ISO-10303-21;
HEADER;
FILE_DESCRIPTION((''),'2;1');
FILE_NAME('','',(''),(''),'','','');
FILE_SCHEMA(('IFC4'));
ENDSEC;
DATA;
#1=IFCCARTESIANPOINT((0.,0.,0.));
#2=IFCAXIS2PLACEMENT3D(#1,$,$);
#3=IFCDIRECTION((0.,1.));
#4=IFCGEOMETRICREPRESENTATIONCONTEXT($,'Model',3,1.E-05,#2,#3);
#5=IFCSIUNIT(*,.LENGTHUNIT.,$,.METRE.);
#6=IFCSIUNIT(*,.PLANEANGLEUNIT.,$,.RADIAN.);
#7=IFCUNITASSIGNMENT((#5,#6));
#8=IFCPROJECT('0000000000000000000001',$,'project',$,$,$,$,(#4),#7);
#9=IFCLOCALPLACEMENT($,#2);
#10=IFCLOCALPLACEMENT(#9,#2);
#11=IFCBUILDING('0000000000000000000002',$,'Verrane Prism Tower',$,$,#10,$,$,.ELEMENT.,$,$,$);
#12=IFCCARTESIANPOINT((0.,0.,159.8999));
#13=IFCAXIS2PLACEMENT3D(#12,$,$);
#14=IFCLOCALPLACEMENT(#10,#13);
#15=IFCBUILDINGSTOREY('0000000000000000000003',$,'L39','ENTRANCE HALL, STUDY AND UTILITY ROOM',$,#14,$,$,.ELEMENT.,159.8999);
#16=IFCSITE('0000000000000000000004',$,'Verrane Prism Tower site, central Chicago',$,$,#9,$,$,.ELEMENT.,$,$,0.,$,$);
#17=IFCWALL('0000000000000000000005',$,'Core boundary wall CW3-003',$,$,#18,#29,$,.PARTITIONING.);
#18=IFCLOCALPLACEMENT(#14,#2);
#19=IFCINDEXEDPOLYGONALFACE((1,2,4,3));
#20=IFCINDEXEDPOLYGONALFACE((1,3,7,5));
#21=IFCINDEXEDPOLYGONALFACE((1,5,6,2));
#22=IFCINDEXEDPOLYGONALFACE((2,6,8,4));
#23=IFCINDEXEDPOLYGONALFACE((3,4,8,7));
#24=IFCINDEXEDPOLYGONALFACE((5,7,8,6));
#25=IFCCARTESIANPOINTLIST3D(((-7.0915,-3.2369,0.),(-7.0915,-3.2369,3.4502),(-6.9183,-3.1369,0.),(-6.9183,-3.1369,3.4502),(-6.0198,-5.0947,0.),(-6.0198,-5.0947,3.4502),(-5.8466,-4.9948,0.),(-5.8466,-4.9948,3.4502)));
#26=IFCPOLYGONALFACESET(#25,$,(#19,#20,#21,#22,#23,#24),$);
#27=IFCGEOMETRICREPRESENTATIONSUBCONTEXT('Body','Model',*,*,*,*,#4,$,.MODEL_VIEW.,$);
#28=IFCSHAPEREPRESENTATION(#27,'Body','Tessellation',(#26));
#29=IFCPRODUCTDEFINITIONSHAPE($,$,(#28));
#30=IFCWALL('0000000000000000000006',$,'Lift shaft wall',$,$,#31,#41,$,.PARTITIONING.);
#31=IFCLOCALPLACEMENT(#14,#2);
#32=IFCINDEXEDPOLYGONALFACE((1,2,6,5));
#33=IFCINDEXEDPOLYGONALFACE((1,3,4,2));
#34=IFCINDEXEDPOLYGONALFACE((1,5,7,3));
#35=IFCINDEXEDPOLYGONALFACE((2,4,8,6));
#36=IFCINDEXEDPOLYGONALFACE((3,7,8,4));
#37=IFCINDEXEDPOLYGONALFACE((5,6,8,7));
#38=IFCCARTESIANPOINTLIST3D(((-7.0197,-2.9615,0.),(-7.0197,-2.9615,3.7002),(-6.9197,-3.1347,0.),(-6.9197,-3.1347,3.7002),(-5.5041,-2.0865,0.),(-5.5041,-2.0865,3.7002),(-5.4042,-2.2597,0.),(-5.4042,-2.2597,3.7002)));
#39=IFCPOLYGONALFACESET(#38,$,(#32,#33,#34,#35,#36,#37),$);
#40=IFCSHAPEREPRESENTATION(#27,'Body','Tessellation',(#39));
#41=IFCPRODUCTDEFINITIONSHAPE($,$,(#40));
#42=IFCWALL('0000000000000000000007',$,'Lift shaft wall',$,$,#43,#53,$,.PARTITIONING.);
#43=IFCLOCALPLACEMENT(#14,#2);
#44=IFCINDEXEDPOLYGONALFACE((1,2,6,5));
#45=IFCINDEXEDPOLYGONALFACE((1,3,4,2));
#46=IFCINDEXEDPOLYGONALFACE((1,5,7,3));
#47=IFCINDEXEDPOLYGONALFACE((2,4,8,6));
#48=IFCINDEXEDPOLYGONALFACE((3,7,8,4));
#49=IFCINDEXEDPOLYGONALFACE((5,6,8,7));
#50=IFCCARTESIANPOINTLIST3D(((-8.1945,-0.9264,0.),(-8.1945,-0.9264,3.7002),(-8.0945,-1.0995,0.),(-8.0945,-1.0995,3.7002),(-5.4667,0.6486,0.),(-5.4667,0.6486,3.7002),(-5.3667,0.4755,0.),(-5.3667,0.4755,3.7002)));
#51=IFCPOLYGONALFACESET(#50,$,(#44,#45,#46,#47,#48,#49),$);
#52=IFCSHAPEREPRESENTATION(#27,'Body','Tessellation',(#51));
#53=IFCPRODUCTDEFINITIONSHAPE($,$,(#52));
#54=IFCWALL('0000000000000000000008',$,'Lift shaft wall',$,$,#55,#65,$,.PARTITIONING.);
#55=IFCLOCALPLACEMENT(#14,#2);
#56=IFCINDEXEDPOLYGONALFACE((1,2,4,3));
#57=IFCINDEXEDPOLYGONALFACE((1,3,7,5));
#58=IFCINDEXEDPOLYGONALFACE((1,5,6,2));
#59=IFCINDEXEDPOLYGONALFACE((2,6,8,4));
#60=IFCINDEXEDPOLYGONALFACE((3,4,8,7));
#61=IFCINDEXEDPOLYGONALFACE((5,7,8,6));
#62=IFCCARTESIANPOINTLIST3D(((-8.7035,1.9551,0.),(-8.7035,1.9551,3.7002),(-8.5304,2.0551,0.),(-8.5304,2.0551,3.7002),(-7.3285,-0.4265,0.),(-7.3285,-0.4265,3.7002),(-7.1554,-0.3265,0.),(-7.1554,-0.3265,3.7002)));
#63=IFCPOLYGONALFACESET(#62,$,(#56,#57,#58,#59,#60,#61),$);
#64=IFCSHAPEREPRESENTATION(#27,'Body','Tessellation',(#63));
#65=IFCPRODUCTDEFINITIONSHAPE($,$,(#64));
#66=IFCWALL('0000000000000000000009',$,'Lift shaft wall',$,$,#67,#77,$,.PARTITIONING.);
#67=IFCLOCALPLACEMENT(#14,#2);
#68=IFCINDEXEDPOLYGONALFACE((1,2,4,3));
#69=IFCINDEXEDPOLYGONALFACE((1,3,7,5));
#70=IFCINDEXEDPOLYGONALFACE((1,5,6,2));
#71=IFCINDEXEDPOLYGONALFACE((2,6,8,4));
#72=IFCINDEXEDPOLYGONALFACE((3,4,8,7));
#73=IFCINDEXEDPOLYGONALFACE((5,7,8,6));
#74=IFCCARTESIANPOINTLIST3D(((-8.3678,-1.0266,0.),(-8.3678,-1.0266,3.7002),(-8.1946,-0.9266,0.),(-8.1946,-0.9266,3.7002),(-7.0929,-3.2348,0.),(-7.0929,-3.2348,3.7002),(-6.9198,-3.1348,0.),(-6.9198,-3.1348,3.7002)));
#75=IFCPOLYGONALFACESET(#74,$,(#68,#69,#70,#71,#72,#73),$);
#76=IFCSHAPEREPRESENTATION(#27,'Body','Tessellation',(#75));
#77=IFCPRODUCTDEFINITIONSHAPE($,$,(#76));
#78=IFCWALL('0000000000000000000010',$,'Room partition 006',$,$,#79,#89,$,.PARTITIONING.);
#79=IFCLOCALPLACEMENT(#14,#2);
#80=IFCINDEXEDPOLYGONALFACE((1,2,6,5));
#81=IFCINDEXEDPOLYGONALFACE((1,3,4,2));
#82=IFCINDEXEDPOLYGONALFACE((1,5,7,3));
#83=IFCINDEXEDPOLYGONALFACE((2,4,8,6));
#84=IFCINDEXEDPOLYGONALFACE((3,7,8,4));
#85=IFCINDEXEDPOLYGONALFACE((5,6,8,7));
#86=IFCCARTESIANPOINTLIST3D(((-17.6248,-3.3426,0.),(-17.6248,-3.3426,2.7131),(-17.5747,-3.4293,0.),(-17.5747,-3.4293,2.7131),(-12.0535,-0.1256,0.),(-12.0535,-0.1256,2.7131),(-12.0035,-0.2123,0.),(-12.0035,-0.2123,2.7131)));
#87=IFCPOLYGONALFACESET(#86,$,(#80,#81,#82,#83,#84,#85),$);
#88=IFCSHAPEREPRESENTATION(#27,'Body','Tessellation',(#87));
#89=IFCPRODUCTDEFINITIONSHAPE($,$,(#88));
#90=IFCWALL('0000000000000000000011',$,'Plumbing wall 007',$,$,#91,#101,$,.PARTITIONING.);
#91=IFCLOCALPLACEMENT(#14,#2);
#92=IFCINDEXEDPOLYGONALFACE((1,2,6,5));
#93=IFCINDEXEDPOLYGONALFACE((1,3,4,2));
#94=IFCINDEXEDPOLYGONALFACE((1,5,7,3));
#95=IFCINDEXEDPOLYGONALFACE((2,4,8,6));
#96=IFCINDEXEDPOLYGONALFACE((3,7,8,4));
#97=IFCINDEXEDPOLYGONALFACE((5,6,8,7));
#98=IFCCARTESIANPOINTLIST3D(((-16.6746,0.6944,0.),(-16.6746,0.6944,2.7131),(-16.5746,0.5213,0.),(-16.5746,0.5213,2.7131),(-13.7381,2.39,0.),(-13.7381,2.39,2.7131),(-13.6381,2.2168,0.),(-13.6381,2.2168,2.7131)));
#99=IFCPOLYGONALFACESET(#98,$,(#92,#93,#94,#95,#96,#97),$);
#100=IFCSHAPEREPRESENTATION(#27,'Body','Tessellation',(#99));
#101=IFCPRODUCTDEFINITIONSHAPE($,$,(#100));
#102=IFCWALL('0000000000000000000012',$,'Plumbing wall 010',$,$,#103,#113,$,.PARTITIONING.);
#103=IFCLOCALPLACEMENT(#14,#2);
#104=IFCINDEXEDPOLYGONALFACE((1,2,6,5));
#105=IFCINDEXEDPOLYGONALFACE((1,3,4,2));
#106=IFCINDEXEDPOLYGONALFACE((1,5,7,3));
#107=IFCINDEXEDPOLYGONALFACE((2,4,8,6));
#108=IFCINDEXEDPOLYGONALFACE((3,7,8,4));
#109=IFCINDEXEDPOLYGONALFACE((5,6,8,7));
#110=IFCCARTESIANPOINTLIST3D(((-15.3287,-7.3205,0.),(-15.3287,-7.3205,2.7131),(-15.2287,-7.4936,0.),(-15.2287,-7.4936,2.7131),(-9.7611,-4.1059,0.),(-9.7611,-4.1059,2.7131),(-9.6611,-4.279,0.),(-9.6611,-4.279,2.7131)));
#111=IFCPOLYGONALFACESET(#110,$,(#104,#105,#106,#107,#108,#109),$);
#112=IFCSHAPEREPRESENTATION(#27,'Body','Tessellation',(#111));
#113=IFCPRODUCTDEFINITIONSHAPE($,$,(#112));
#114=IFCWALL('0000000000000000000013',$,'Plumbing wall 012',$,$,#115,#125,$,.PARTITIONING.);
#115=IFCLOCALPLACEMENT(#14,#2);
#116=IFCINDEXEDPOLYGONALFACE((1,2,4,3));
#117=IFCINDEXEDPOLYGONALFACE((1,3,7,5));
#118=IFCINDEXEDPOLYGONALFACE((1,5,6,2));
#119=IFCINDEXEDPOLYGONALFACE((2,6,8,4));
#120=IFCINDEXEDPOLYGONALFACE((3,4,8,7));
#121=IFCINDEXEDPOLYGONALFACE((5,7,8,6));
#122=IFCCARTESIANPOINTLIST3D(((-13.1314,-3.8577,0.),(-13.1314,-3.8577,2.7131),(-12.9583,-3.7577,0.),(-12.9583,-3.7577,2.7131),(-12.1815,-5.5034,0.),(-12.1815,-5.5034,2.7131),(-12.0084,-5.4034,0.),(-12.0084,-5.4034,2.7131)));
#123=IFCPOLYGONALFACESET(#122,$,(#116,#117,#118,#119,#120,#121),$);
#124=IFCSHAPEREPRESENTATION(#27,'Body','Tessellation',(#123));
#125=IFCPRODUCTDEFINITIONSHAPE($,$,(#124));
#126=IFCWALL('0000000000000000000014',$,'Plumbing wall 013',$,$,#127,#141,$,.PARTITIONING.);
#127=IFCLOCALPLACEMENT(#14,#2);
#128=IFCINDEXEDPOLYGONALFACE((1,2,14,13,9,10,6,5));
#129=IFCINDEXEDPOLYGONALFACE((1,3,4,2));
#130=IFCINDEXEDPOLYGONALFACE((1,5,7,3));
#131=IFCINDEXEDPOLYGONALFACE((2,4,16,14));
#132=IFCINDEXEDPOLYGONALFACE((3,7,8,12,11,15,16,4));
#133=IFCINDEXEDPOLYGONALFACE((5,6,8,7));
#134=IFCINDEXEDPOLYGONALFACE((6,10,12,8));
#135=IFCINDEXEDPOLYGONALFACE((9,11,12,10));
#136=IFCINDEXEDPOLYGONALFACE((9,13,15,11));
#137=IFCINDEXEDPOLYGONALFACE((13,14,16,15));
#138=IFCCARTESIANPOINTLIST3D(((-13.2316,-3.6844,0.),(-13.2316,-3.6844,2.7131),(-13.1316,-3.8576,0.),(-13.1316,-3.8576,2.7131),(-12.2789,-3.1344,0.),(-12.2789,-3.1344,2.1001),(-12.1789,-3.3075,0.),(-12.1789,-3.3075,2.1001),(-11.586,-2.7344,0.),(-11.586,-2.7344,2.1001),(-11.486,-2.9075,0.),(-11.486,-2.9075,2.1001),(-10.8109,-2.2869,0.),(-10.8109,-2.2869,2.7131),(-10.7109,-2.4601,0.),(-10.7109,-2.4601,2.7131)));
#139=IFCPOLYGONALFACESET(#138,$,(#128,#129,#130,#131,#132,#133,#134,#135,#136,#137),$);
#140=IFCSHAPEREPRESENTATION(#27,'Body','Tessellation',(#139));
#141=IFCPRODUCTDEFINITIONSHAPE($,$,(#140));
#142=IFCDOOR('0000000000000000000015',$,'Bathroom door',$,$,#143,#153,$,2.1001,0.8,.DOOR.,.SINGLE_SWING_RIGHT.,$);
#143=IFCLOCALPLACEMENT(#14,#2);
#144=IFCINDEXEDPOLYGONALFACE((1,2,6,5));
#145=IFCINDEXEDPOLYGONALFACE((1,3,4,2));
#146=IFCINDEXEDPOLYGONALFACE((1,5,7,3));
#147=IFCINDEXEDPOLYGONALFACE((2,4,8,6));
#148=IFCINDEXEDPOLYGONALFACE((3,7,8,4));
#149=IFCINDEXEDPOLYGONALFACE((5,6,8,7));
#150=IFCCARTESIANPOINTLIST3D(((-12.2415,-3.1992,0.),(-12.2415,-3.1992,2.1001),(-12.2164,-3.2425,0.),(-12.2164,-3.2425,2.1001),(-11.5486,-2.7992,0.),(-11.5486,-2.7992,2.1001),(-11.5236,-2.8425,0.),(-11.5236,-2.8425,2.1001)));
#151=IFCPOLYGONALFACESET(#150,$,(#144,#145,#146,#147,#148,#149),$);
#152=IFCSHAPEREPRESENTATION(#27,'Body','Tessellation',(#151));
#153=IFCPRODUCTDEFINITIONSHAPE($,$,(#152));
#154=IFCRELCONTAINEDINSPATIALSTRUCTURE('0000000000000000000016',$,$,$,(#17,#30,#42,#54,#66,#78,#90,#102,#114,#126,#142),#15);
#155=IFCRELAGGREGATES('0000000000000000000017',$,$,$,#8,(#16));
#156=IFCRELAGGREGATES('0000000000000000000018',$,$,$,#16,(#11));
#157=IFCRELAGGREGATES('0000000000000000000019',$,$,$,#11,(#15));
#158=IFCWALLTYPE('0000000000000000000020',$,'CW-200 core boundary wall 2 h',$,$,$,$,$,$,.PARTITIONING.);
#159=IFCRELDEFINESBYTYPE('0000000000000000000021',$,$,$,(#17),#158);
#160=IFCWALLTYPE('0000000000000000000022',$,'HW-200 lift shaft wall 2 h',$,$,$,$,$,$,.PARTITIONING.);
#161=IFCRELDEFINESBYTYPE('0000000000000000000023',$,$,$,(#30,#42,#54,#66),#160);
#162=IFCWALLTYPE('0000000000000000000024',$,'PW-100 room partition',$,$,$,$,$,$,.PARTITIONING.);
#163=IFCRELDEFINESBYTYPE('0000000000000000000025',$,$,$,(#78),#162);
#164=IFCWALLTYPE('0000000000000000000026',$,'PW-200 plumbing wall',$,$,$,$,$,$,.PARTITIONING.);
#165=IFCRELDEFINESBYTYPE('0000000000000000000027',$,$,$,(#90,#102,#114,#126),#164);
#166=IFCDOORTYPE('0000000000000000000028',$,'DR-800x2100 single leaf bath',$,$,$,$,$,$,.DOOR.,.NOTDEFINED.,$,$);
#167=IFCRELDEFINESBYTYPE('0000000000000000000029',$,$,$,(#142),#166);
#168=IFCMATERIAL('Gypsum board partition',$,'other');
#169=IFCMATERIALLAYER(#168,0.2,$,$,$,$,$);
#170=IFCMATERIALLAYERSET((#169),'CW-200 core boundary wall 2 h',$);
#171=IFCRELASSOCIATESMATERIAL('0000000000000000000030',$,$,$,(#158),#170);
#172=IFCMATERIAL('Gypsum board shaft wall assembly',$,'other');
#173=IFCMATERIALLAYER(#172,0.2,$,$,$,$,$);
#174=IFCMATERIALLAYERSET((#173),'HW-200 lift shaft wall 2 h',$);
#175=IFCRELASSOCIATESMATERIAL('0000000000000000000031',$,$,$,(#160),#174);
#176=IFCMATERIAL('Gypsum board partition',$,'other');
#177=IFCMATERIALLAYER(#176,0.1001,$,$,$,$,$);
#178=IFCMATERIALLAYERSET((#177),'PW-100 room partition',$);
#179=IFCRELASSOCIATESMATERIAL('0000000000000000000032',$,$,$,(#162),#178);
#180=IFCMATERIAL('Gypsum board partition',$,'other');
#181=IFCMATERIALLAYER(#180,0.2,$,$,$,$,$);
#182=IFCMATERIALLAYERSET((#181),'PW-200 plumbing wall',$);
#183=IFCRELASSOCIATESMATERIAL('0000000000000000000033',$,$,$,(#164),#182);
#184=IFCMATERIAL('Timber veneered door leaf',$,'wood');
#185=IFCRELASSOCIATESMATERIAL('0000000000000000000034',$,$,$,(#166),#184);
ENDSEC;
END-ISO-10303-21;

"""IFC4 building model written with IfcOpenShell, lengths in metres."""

from ifc_helpers import new_model, si_unit, direction, frame, frame_2d, origin, place, context, subcontext, project, spatial, rectangle, extrude, material, layer, layer_set, type_object, element, fill, save


model = new_model("IFC4")

# Units and contexts
model_context = context("Model", 3, precision=1e-05, world=origin(), true_north=direction((0.0, 1.0)))
body_context = subcontext(model_context, "Body", "Model", "MODEL_VIEW")
ifc_project = project(units=[si_unit("LENGTHUNIT", "METRE"), si_unit("PLANEANGLEUNIT", "RADIAN")], contexts=[model_context])

# Site, building, storey
site_placement = place(None, origin())
site = spatial("IfcSite", under=ifc_project, at=site_placement, Name="Verrane Prism Tower site, central Chicago", CompositionType="ELEMENT", RefElevation=0.0)
building_placement = place(site_placement, origin())
building = spatial("IfcBuilding", under=site, at=building_placement, Name="Verrane Prism Tower", CompositionType="ELEMENT")
storey_placement = place(building_placement, frame((0.0, 0.0, 159.8999)))
storey = spatial("IfcBuildingStorey", under=building, at=storey_placement, Name="L39", Description="ENTRANCE HALL, STUDY AND UTILITY ROOM", CompositionType="ELEMENT", Elevation=159.8999)

# Walls
ifc_material_1 = material(Name="Gypsum board partition", Category="other")
ifc_layer_1 = layer(ifc_material_1, 0.2)
ifc_layer_set_1 = layer_set([ifc_layer_1], Name="CW-200 core boundary wall 2 h")
wall_type_1 = type_object("IfcWallType", Name="CW-200 core boundary wall 2 h", PredefinedType="PARTITIONING", material=ifc_layer_set_1)
wall_1_placement = place(storey_placement, frame((-7.0049, -3.187, 0.0), z_axis=(0.0, 0.0, 1.0), x_axis=(0.49969, -0.866205, 0.0)))
element("IfcWall", 1, at=wall_1_placement, inside=storey, type_object=wall_type_1, Name="Core boundary wall CW3-003", PredefinedType="PARTITIONING", context=body_context, shape_type="SweptSolid", body=[
    extrude(rectangle(XDim=2.1448, YDim=0.2, at=frame_2d((1.0723, 0.0))), origin(), (0.0, 0.0, 1.0), 3.4502),
])
ifc_material_2 = material(Name="Gypsum board shaft wall assembly", Category="other")
ifc_layer_2 = layer(ifc_material_2, 0.2)
ifc_layer_set_2 = layer_set([ifc_layer_2], Name="HW-200 lift shaft wall 2 h")
wall_type_2 = type_object("IfcWallType", Name="HW-200 lift shaft wall 2 h", PredefinedType="PARTITIONING", material=ifc_layer_set_2)
wall_2_placement = place(storey_placement, frame((-6.9697, -3.0481, 0.0), z_axis=(0.0, 0.0, 1.0), x_axis=(0.866037, 0.49998, 0.0)))
element("IfcWall", 2, at=wall_2_placement, inside=storey, type_object=wall_type_2, Name="Lift shaft wall", PredefinedType="PARTITIONING", context=body_context, shape_type="SweptSolid", body=[
    extrude(rectangle(XDim=1.75, YDim=0.2, at=frame_2d((0.875, 0.0))), origin(), (0.0, 0.0, 1.0), 3.7002),
])
wall_3_placement = place(storey_placement, frame((-8.1445, -1.0129, 0.0), z_axis=(0.0, 0.0, 1.0), x_axis=(0.866016, 0.500015, 0.0)))
element("IfcWall", 3, at=wall_3_placement, inside=storey, type_object=wall_type_2, Name="Lift shaft wall", PredefinedType="PARTITIONING", context=body_context, shape_type="SweptSolid", body=[
    extrude(rectangle(XDim=3.1499, YDim=0.2, at=frame_2d((1.575, 0.0))), origin(), (0.0, 0.0, 1.0), 3.7002),
])
wall_4_placement = place(storey_placement, frame((-7.2419, -0.3765, 0.0), z_axis=(0.0, 0.0, 1.0), x_axis=(-0.499997, 0.866027, 0.0)))
element("IfcWall", 4, at=wall_4_placement, inside=storey, type_object=wall_type_2, Name="Lift shaft wall", PredefinedType="PARTITIONING", context=body_context, shape_type="SweptSolid", body=[
    extrude(rectangle(XDim=2.75, YDim=0.2, at=frame_2d((1.375, 0.0))), origin(), (0.0, 0.0, 1.0), 3.7002),
])
wall_5_placement = place(storey_placement, frame((-7.0063, -3.1848, 0.0), z_axis=(0.0, 0.0, 1.0), x_axis=(-0.49999, 0.866031, 0.0)))
element("IfcWall", 5, at=wall_5_placement, inside=storey, type_object=wall_type_2, Name="Lift shaft wall", PredefinedType="PARTITIONING", context=body_context, shape_type="SweptSolid", body=[
    extrude(rectangle(XDim=2.5498, YDim=0.2, at=frame_2d((1.2749, 0.0))), origin(), (0.0, 0.0, 1.0), 3.7002),
])
ifc_material_3 = material(Name="Gypsum board partition", Category="other")
ifc_layer_3 = layer(ifc_material_3, 0.1001)
ifc_layer_set_3 = layer_set([ifc_layer_3], Name="PW-100 room partition")
wall_type_3 = type_object("IfcWallType", Name="PW-100 room partition", PredefinedType="PARTITIONING", material=ifc_layer_set_3)
wall_6_placement = place(storey_placement, frame((-17.5999, -3.386, 0.0), z_axis=(0.0, 0.0, 1.0), x_axis=(0.865995, 0.500053, 0.0)))
element("IfcWall", 6, at=wall_6_placement, inside=storey, type_object=wall_type_3, Name="Room partition 006", PredefinedType="PARTITIONING", context=body_context, shape_type="SweptSolid", body=[
    extrude(rectangle(XDim=6.4333, YDim=0.1001, at=frame_2d((3.2168, 0.0))), origin(), (0.0, 0.0, 1.0), 2.7131),
])
ifc_material_4 = material(Name="Gypsum board partition", Category="other")
ifc_layer_4 = layer(ifc_material_4, 0.2)
ifc_layer_set_4 = layer_set([ifc_layer_4], Name="PW-200 plumbing wall")
wall_type_4 = type_object("IfcWallType", Name="PW-200 plumbing wall", PredefinedType="PARTITIONING", material=ifc_layer_set_4)
wall_7_placement = place(storey_placement, frame((-16.6245, 0.6079, 0.0), z_axis=(0.0, 0.0, 1.0), x_axis=(0.866006, 0.500034, 0.0)))
element("IfcWall", 7, at=wall_7_placement, inside=storey, type_object=wall_type_4, Name="Plumbing wall 007", PredefinedType="PARTITIONING", context=body_context, shape_type="SweptSolid", body=[
    extrude(rectangle(XDim=3.3909, YDim=0.2, at=frame_2d((1.6953, 0.0))), origin(), (0.0, 0.0, 1.0), 2.7131),
])
wall_8_placement = place(storey_placement, frame((-15.2786, -7.407, 0.0), z_axis=(0.0, 0.0, 1.0), x_axis=(0.866017, 0.500015, 0.0)))
element("IfcWall", 8, at=wall_8_placement, inside=storey, type_object=wall_type_4, Name="Plumbing wall 010", PredefinedType="PARTITIONING", context=body_context, shape_type="SweptSolid", body=[
    extrude(rectangle(XDim=6.429, YDim=0.2, at=frame_2d((3.2144, 0.0))), origin(), (0.0, 0.0, 1.0), 2.7131),
])
wall_9_placement = place(storey_placement, frame((-13.0449, -3.8076, 0.0), z_axis=(0.0, 0.0, 1.0), x_axis=(0.499912, -0.866076, 0.0)))
element("IfcWall", 9, at=wall_9_placement, inside=storey, type_object=wall_type_4, Name="Plumbing wall 012", PredefinedType="PARTITIONING", context=body_context, shape_type="SweptSolid", body=[
    extrude(rectangle(XDim=1.9001, YDim=0.2, at=frame_2d((0.9502, 0.0))), origin(), (0.0, 0.0, 1.0), 2.7131),
])

# Wall, opening, door
wall_10_placement = place(storey_placement, frame((-10.761, -2.3735, 0.0), z_axis=(0.0, 0.0, 1.0), x_axis=(-0.866042, -0.499972, 0.0)))
wall_10 = element("IfcWall", 10, at=wall_10_placement, inside=storey, type_object=wall_type_4, Name="Plumbing wall 013", PredefinedType="PARTITIONING", context=body_context, shape_type="SweptSolid", body=[
    extrude(rectangle(XDim=2.7952, YDim=0.2, at=frame_2d((1.3975, 0.0))), origin(), (0.0, 0.0, 1.0), 2.7131),
])
opening_placement = place(wall_10_placement, frame((0.895, 0.0, 0.0)))
opening = element("IfcOpeningElement", 11, at=opening_placement, cuts=wall_10, PredefinedType="OPENING", context=body_context, shape_type="SweptSolid", body=[
    extrude(rectangle(XDim=0.8, YDim=2.1001, at=frame_2d((0.3999, 1.05))), frame((0.0, 0.1099, 0.0), z_axis=(0.0, -1.0, 0.0), x_axis=(1.0, 0.0, 0.0)), (0.0, 0.0, 1.0), 0.22),
])
ifc_material_5 = material(Name="Timber veneered door leaf", Category="wood")
door_type = type_object("IfcDoorType", Name="DR-800x2100 single leaf bath", OperationType="NOTDEFINED", PredefinedType="DOOR", material=ifc_material_5)
door_placement = place(opening_placement, origin())
door = element("IfcDoor", 12, at=door_placement, inside=storey, type_object=door_type, Name="Bathroom door", OperationType="SINGLE_SWING_RIGHT", OverallHeight=2.1001, OverallWidth=0.8, PredefinedType="DOOR", context=body_context, shape_type="SweptSolid", body=[
    extrude(rectangle(XDim=0.8, YDim=2.1001, at=frame_2d((0.3999, 1.05))), frame((0.0, 0.0249, 0.0), z_axis=(0.0, -1.0, 0.0), x_axis=(1.0, 0.0, 0.0)), (0.0, 0.0, 1.0), 0.05),
])
fill(opening, door)

save(model, "model.ifc")
